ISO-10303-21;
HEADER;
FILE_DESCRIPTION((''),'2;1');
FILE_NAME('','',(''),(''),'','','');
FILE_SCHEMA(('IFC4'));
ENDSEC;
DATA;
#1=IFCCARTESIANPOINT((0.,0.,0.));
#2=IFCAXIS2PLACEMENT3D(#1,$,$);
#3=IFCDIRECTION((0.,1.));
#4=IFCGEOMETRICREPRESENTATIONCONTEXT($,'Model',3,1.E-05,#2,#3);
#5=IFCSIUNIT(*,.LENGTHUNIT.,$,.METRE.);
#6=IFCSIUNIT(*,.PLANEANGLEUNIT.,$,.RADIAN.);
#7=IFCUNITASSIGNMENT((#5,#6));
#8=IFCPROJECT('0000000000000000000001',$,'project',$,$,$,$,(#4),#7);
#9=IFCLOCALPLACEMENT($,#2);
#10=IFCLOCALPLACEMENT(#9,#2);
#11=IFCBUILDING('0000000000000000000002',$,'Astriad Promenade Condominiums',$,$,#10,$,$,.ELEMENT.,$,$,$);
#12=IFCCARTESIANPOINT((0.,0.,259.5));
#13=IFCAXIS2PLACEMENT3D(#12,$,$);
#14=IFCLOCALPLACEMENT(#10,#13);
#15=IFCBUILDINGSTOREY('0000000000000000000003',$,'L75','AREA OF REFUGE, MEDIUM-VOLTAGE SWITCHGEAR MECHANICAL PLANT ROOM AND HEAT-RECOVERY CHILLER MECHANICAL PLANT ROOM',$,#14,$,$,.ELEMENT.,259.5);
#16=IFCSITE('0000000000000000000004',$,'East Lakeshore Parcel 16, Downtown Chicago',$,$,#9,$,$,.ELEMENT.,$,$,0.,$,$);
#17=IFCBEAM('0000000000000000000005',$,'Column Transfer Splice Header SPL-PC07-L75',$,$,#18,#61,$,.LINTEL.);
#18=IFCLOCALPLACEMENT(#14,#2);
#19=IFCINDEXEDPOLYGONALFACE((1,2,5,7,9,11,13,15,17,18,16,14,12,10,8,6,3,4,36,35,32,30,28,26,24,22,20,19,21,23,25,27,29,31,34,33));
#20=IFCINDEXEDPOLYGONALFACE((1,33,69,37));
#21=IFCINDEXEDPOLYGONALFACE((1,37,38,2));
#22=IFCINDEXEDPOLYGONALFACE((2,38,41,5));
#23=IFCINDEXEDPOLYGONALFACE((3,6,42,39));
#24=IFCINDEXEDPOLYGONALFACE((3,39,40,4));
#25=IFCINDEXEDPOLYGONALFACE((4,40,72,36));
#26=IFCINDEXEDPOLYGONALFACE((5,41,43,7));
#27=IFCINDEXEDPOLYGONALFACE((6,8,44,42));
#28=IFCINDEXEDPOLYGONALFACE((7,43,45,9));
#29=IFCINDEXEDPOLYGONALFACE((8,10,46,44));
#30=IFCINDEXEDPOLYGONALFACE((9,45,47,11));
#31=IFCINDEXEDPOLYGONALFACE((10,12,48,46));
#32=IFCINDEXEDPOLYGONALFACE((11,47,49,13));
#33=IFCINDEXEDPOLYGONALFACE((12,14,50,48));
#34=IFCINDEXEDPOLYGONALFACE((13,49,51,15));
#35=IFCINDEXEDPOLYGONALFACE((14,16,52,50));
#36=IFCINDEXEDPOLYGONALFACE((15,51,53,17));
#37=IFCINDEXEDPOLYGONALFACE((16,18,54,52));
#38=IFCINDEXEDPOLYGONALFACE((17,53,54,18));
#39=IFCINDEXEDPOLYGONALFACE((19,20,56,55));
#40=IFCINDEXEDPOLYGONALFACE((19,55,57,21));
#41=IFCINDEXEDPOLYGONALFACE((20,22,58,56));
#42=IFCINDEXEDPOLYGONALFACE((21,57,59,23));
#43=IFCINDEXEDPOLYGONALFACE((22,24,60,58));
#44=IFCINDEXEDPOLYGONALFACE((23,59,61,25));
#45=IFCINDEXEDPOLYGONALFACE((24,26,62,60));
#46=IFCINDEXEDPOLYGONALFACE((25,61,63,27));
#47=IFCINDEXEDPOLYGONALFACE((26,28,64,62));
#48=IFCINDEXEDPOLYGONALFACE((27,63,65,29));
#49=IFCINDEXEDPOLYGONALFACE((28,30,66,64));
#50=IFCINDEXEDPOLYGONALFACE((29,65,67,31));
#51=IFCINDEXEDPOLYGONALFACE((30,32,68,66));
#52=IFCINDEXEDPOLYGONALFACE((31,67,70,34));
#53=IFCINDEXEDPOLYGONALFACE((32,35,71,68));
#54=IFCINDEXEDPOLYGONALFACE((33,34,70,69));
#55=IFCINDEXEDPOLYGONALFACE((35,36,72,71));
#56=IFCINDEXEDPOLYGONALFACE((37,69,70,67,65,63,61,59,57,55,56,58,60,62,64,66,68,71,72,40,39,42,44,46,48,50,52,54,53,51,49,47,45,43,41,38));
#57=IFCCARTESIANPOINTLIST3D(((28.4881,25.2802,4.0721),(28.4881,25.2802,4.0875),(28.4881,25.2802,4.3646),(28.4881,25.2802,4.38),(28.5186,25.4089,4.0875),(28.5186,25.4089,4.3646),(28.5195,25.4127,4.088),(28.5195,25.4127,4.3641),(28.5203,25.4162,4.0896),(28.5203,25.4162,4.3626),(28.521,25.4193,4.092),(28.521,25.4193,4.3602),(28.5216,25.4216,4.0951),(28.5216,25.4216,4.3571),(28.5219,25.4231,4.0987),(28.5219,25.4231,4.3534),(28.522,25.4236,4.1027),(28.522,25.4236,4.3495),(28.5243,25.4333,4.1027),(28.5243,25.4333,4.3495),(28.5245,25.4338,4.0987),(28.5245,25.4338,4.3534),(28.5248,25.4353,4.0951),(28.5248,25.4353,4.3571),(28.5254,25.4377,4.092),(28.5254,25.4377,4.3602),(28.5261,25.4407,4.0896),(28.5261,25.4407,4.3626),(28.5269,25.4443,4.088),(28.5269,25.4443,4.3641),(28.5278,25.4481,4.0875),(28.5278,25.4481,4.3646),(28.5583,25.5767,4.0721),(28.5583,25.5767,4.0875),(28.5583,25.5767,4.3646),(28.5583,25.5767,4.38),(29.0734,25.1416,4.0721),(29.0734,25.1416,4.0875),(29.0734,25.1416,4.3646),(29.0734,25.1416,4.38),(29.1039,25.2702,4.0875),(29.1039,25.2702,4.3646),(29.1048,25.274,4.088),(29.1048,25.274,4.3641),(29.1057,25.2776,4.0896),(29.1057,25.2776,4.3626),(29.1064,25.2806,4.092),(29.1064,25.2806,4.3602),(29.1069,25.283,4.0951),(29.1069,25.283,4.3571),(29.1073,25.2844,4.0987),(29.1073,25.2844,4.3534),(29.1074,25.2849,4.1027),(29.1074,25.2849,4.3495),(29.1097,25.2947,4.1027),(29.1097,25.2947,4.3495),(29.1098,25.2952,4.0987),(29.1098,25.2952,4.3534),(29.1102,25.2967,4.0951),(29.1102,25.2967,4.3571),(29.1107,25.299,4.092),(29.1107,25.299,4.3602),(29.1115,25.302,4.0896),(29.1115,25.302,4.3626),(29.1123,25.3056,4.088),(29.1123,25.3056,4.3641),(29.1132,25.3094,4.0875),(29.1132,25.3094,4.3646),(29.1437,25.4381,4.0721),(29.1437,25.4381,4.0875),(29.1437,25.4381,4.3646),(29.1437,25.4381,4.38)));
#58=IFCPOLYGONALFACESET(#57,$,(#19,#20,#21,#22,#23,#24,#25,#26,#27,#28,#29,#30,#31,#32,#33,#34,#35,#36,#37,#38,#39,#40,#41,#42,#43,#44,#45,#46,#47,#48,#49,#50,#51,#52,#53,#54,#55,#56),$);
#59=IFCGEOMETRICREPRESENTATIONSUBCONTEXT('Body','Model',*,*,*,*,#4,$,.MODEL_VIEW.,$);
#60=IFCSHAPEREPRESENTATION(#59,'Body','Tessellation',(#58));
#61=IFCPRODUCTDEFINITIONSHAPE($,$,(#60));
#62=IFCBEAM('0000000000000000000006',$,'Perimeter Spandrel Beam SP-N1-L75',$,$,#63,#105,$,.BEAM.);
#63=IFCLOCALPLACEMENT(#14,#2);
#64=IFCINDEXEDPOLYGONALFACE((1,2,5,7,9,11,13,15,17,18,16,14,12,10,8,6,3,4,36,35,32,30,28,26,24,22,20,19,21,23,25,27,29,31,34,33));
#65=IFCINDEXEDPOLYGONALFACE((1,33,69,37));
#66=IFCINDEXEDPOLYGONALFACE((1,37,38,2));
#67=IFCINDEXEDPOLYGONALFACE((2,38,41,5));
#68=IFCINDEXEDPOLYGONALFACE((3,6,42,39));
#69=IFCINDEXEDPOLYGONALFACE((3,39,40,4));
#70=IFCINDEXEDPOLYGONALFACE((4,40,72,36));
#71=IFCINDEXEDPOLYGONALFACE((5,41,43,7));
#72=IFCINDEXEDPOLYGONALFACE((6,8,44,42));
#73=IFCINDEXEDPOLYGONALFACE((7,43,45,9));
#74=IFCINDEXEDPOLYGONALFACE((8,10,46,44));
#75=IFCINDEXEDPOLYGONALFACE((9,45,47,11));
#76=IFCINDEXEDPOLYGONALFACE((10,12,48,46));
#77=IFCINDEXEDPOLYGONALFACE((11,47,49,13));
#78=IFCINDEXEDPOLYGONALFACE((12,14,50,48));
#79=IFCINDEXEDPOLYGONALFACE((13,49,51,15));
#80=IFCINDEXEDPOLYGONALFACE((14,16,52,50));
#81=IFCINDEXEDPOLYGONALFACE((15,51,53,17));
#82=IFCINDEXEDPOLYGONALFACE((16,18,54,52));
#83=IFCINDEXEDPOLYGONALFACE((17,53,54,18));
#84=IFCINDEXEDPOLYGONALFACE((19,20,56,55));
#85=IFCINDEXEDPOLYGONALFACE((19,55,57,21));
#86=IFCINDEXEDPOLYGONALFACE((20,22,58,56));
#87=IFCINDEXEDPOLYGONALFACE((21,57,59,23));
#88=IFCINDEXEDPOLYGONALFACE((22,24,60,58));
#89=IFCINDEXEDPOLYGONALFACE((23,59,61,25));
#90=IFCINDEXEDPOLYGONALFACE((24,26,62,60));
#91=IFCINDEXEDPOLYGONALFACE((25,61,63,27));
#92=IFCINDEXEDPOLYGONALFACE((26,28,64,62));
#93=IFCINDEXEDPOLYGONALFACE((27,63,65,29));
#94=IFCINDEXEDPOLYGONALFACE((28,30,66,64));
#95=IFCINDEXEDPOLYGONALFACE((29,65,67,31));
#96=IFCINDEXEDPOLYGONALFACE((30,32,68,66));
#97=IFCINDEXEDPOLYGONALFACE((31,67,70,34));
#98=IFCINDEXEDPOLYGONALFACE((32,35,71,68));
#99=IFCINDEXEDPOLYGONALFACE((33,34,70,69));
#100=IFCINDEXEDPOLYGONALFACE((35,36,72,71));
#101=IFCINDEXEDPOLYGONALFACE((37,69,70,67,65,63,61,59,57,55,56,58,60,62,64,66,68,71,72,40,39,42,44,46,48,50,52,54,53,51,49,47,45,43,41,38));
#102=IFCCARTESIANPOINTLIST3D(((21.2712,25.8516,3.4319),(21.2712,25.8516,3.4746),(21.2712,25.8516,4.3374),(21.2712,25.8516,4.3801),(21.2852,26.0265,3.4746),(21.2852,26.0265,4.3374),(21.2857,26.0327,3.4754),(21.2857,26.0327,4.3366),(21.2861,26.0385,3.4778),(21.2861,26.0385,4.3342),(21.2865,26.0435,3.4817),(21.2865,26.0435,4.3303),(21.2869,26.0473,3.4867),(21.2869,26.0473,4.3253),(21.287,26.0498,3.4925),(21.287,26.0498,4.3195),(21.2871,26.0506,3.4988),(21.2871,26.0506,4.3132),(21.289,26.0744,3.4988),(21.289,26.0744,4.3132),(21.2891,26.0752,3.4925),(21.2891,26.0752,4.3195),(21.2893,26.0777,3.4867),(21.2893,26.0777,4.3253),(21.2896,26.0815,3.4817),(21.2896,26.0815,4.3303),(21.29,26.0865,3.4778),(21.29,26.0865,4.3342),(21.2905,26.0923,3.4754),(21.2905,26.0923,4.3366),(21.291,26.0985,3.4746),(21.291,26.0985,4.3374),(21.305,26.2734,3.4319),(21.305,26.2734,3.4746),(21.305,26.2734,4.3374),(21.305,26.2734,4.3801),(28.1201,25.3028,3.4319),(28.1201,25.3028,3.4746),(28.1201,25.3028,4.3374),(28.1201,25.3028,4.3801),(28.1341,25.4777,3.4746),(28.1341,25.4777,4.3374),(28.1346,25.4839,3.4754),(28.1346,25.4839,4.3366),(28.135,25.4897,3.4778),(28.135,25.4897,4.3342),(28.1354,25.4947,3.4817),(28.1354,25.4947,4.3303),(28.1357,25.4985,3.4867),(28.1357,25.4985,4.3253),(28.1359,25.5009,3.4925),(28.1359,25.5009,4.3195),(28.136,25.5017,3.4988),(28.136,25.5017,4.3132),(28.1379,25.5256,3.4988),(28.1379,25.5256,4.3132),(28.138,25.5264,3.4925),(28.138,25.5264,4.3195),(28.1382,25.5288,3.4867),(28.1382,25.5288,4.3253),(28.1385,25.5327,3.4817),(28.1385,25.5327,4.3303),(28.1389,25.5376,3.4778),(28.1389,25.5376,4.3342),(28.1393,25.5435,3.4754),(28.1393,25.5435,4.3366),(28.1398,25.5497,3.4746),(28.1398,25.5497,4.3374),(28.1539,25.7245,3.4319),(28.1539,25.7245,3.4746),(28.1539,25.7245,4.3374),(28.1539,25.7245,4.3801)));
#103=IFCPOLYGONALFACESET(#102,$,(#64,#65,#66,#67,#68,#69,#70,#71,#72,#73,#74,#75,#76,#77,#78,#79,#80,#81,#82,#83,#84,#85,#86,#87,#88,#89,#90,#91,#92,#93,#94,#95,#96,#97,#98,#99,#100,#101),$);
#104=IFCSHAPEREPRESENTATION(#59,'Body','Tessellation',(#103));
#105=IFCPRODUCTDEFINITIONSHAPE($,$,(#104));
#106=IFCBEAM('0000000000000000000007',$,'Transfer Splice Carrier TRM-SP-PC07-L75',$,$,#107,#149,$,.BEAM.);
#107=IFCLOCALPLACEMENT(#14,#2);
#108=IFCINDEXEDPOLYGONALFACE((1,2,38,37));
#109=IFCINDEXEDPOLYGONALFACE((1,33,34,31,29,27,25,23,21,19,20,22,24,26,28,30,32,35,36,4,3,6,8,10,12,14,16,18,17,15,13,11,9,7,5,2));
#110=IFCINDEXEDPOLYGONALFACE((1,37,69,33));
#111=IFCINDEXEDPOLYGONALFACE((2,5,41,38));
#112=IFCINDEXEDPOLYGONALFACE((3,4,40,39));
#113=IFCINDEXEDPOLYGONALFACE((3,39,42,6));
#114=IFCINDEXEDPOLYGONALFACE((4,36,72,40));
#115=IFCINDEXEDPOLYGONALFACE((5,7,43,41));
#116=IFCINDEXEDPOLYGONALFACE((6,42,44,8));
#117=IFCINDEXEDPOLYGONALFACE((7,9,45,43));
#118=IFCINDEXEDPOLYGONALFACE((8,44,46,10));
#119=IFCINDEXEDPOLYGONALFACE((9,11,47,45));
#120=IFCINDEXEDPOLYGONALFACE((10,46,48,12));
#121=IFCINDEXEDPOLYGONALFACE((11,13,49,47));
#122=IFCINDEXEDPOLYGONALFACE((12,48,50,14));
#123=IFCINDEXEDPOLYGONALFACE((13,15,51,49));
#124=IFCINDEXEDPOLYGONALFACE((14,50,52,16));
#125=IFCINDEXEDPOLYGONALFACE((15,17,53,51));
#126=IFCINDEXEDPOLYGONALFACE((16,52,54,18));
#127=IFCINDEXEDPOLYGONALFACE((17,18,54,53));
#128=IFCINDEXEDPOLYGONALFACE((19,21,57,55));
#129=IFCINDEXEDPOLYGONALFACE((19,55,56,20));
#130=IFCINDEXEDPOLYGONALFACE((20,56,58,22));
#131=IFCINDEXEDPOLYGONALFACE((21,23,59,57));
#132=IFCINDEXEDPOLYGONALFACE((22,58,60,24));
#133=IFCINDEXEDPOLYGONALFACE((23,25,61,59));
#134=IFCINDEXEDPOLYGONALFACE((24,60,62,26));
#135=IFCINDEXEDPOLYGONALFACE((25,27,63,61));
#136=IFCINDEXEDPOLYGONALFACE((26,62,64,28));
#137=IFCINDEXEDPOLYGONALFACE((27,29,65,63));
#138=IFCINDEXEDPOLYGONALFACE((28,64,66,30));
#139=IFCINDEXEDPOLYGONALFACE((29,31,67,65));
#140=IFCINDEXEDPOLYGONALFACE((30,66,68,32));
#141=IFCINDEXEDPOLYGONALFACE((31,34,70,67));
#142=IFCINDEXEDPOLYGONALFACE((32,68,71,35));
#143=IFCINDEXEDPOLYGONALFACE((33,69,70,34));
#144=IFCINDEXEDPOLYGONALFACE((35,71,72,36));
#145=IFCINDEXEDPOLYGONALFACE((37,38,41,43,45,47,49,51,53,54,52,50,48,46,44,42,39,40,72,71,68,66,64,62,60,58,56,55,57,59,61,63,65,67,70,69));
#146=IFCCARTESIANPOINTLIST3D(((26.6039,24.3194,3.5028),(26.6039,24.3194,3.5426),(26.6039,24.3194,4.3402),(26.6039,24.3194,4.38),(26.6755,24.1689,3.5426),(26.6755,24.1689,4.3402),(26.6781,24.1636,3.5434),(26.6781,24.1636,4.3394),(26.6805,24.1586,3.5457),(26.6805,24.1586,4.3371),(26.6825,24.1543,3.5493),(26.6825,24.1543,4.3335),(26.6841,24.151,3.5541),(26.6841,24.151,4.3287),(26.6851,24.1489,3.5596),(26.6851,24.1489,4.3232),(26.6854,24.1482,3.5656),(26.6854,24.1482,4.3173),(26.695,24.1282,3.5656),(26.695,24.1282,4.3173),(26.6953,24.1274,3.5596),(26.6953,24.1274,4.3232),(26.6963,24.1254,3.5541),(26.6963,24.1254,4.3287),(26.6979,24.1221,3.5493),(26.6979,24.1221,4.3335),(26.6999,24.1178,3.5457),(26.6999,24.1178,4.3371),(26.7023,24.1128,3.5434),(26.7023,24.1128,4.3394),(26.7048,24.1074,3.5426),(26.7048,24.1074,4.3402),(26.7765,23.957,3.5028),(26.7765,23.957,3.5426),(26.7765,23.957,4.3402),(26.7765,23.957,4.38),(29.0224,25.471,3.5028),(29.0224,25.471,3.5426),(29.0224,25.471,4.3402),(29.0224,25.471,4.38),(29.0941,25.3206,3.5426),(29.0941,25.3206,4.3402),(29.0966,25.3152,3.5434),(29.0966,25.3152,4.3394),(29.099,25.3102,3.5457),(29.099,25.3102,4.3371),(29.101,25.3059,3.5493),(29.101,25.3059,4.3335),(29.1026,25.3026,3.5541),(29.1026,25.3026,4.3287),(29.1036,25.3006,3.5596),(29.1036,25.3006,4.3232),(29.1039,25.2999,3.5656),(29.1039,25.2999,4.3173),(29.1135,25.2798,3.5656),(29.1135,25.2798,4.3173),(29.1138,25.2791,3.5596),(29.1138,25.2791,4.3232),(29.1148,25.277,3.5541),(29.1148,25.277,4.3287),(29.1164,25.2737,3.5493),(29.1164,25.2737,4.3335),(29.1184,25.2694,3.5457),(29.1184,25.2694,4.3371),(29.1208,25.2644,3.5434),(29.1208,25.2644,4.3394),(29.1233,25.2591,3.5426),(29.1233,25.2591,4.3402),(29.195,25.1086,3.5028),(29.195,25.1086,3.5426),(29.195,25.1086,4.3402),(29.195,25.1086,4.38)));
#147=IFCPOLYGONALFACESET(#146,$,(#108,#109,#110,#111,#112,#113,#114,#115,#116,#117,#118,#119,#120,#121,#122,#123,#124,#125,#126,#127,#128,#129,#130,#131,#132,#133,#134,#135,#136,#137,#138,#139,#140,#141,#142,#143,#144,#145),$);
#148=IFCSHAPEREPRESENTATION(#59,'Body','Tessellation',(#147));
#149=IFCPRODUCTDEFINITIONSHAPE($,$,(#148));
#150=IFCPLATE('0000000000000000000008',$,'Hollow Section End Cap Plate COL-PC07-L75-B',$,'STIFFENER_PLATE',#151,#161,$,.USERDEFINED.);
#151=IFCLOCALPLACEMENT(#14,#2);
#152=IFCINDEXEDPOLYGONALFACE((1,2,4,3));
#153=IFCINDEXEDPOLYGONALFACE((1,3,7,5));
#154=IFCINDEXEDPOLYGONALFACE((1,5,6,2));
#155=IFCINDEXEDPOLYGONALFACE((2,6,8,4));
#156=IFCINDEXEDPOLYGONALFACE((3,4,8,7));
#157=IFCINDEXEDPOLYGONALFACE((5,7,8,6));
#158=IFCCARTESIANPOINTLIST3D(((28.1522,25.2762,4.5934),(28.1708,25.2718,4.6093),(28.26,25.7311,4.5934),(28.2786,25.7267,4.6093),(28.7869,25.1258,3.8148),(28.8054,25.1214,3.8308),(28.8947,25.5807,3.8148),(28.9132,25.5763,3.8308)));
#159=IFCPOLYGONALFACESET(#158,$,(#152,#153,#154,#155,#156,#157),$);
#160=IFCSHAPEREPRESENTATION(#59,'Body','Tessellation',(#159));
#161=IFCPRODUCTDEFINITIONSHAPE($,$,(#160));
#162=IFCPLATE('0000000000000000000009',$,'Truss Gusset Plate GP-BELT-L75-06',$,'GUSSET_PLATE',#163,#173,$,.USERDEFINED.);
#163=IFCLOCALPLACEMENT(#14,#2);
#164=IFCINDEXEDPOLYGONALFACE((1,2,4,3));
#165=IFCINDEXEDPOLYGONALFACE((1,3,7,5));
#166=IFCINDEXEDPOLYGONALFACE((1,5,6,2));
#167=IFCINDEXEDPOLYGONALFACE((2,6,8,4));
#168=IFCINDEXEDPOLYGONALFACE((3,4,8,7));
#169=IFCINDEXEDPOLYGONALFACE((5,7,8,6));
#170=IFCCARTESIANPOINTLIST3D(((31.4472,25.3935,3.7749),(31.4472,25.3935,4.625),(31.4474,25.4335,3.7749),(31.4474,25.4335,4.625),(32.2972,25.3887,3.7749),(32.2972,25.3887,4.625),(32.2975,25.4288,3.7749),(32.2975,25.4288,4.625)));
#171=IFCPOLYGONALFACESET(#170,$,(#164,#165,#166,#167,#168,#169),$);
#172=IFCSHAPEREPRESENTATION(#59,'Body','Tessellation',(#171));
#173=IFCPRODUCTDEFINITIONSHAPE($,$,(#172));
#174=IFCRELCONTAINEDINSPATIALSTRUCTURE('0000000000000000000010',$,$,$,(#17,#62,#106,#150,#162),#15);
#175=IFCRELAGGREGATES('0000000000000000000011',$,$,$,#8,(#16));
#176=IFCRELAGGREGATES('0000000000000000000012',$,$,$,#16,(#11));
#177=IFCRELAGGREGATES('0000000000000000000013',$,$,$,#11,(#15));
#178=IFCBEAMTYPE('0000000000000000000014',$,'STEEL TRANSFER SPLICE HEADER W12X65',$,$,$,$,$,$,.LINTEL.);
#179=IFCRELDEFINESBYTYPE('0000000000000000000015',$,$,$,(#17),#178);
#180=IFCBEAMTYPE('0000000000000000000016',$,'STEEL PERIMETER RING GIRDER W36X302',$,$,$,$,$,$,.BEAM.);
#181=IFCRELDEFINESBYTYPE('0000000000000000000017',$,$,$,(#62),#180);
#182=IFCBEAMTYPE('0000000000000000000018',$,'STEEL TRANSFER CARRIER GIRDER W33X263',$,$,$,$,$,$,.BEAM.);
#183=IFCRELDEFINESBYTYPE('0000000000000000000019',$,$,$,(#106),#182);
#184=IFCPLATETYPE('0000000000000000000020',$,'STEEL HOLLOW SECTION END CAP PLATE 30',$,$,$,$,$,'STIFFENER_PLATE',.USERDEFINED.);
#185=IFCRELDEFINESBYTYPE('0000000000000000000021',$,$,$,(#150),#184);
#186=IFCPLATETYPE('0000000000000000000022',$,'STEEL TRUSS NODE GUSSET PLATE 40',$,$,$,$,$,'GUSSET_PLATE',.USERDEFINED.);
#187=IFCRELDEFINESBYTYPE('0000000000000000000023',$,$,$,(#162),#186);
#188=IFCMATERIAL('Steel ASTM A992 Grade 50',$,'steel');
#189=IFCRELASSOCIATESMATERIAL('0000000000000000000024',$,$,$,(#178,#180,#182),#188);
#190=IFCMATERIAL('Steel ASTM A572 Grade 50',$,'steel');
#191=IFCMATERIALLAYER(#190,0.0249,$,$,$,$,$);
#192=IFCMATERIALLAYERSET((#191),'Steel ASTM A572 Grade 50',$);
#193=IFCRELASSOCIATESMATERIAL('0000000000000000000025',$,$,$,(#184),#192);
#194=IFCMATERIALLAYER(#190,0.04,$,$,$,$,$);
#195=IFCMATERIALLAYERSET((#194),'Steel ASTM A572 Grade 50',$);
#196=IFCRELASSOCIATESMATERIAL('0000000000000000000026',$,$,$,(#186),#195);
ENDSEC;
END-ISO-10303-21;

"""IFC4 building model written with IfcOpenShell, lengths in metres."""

from ifc_helpers import new_model, si_unit, direction, frame, origin, origin_2d, place, context, subcontext, project, spatial, rectangle, i_section, extrude, source, transform, mapped, material, layer, layer_set, material_profile, profile_set, type_object, type_shapes, element, save


model = new_model("IFC4")

# Units and contexts
model_context = context("Model", 3, precision=1e-05, world=origin(), true_north=direction((0.0, 1.0)))
body_context = subcontext(model_context, "Body", "Model", "MODEL_VIEW")
ifc_project = project(units=[si_unit("LENGTHUNIT", "METRE"), si_unit("PLANEANGLEUNIT", "RADIAN")], contexts=[model_context])

# Site, building, storey
site_placement = place(None, origin())
site = spatial("IfcSite", under=ifc_project, at=site_placement, Name="East Lakeshore Parcel 16, Downtown Chicago", CompositionType="ELEMENT", RefElevation=0.0)
building_placement = place(site_placement, origin())
building = spatial("IfcBuilding", under=site, at=building_placement, Name="Astriad Promenade Condominiums", CompositionType="ELEMENT")
storey_placement = place(building_placement, frame((0.0, 0.0, 259.5)))
storey = spatial("IfcBuildingStorey", under=building, at=storey_placement, Name="L75", Description="AREA OF REFUGE, MEDIUM-VOLTAGE SWITCHGEAR MECHANICAL PLANT ROOM AND HEAT-RECOVERY CHILLER MECHANICAL PLANT ROOM", CompositionType="ELEMENT", Elevation=259.5)

# Shared definitions
ifc_material_1 = material(Name="Steel ASTM A992 Grade 50", Category="steel")

# Beams
ifc_material_profile_1 = material_profile(ifc_material_1, i_section(OverallWidth=0.3047, OverallDepth=0.3079, WebThickness=0.01, FlangeThickness=0.0154, FilletRadius=0.0151, at=origin_2d()), Name="W12X65")
ifc_profile_set_1 = profile_set([ifc_material_profile_1], Name="Steel ASTM A992 Grade 50")
beam_type_1 = type_object("IfcBeamType", Name="STEEL TRANSFER SPLICE HEADER W12X65", PredefinedType="LINTEL", material=ifc_profile_set_1)
shared_shape_1 = source(origin(), body_context, "Body", "SweptSolid", [
    extrude(i_section(OverallWidth=0.3047, OverallDepth=0.3079, WebThickness=0.01, FlangeThickness=0.0154, FilletRadius=0.0151, at=origin_2d()), origin(), (0.0, 0.0, 1.0), 0.6016),
])
type_shapes(beam_type_1, [shared_shape_1])
beam_1_placement = place(storey_placement, frame((28.5232, 25.4285, 4.2261), z_axis=(0.973075, -0.230487, 0.0), x_axis=(0.230487, 0.973075, 0.0)))
element("IfcBeam", 1, at=beam_1_placement, inside=storey, type_object=beam_type_1, Name="Column Transfer Splice Header SPL-PC07-L75", PredefinedType="LINTEL", context=body_context, shape_type="MappedRepresentation", body=[
    mapped(shared_shape_1, transform((0.0, 0.0, 0.0), scale=1.0)),
])
ifc_material_profile_2 = material_profile(ifc_material_1, i_section(OverallWidth=0.4231, OverallDepth=0.9482, WebThickness=0.0239, FlangeThickness=0.0427, FilletRadius=0.0242, at=origin_2d()), Name="W36X302")
ifc_profile_set_2 = profile_set([ifc_material_profile_2], Name="Steel ASTM A992 Grade 50")
beam_type_2 = type_object("IfcBeamType", Name="STEEL PERIMETER RING GIRDER W36X302", PredefinedType="BEAM", material=ifc_profile_set_2)
shared_shape_2 = source(origin(), body_context, "Body", "SweptSolid", [
    extrude(i_section(OverallWidth=0.4231, OverallDepth=0.9482, WebThickness=0.0239, FlangeThickness=0.0427, FilletRadius=0.0242, at=origin_2d()), origin(), (0.0, 0.0, 1.0), 6.8708),
])
type_shapes(beam_type_2, [shared_shape_2])
beam_2_placement = place(storey_placement, frame((28.137, 25.5137, 3.906), z_axis=(-0.996805, 0.079878, 0.0), x_axis=(-0.079878, -0.996805, 0.0)))
element("IfcBeam", 2, at=beam_2_placement, inside=storey, type_object=beam_type_2, Name="Perimeter Spandrel Beam SP-N1-L75", PredefinedType="BEAM", context=body_context, shape_type="MappedRepresentation", body=[
    mapped(shared_shape_2, transform((0.0, 0.0, 0.0), scale=1.0)),
])
ifc_material_profile_3 = material_profile(ifc_material_1, i_section(OverallWidth=0.4014, OverallDepth=0.8772, WebThickness=0.0222, FlangeThickness=0.0398, FilletRadius=0.0229, at=origin_2d()), Name="W33X263")
ifc_profile_set_3 = profile_set([ifc_material_profile_3], Name="Steel ASTM A992 Grade 50")
beam_type_3 = type_object("IfcBeamType", Name="STEEL TRANSFER CARRIER GIRDER W33X263", PredefinedType="BEAM", material=ifc_profile_set_3)
shared_shape_3 = source(origin(), body_context, "Body", "SweptSolid", [
    extrude(i_section(OverallWidth=0.4014, OverallDepth=0.8772, WebThickness=0.0222, FlangeThickness=0.0398, FilletRadius=0.0229, at=origin_2d()), origin(), (0.0, 0.0, 1.0), 2.6787),
])
type_shapes(beam_type_3, [shared_shape_3])
beam_3_placement = place(storey_placement, frame((26.6902, 24.1382, 3.9414), z_axis=(0.902866, 0.429923, 0.0), x_axis=(-0.429923, 0.902866, 0.0)))
element("IfcBeam", 3, at=beam_3_placement, inside=storey, type_object=beam_type_3, Name="Transfer Splice Carrier TRM-SP-PC07-L75", PredefinedType="BEAM", context=body_context, shape_type="MappedRepresentation", body=[
    mapped(shared_shape_3, transform((0.0, 0.0, 0.0), scale=1.0)),
])

# Plates
ifc_material_2 = material(Name="Steel ASTM A572 Grade 50", Category="steel")
ifc_layer_1 = layer(ifc_material_2, 0.0249)
ifc_layer_set_1 = layer_set([ifc_layer_1], Name="Steel ASTM A572 Grade 50")
plate_type_1 = type_object("IfcPlateType", Name="STEEL HOLLOW SECTION END CAP PLATE 30", ElementType="STIFFENER_PLATE", PredefinedType="USERDEFINED", material=ifc_layer_set_1)
shared_shape_4 = source(origin(), body_context, "Body", "SweptSolid", [
    extrude(rectangle(XDim=0.4675, YDim=1.0156, at=origin_2d()), origin(), (0.0, 0.0, 1.0), 0.0249),
])
plate_1_placement = place(storey_placement, frame((28.5234, 25.4285, 4.2041), z_axis=(0.745876, -0.176748, 0.642206), x_axis=(0.230582, 0.973053, 0.0)))
element("IfcPlate", 4, at=plate_1_placement, inside=storey, type_object=plate_type_1, Name="Hollow Section End Cap Plate COL-PC07-L75-B", ObjectType="STIFFENER_PLATE", PredefinedType="USERDEFINED", context=body_context, shape_type="MappedRepresentation", body=[
    mapped(shared_shape_4, transform((0.0, 0.0, 0.0), scale=1.0)),
])
ifc_layer_2 = layer(ifc_material_2, 0.04)
ifc_layer_set_2 = layer_set([ifc_layer_2], Name="Steel ASTM A572 Grade 50")
plate_type_2 = type_object("IfcPlateType", Name="STEEL TRUSS NODE GUSSET PLATE 40", ElementType="GUSSET_PLATE", PredefinedType="USERDEFINED", material=ifc_layer_set_2)
shared_shape_5 = source(origin(), body_context, "Body", "SweptSolid", [
    extrude(rectangle(XDim=0.8501, YDim=0.04, at=origin_2d()), origin(), (0.0, 0.0, 1.0), 0.8501),
])
type_shapes(plate_type_2, [shared_shape_5])
plate_2_placement = place(storey_placement, frame((31.8723, 25.4111, 3.7749), z_axis=(0.0, 0.0, 1.0), x_axis=(0.999984, -0.005585, 0.0)))
element("IfcPlate", 5, at=plate_2_placement, inside=storey, type_object=plate_type_2, Name="Truss Gusset Plate GP-BELT-L75-06", ObjectType="GUSSET_PLATE", PredefinedType="USERDEFINED", context=body_context, shape_type="MappedRepresentation", body=[
    mapped(shared_shape_5, transform((0.0, 0.0, 0.0), scale=1.0)),
])

save(model, "model.ifc")
